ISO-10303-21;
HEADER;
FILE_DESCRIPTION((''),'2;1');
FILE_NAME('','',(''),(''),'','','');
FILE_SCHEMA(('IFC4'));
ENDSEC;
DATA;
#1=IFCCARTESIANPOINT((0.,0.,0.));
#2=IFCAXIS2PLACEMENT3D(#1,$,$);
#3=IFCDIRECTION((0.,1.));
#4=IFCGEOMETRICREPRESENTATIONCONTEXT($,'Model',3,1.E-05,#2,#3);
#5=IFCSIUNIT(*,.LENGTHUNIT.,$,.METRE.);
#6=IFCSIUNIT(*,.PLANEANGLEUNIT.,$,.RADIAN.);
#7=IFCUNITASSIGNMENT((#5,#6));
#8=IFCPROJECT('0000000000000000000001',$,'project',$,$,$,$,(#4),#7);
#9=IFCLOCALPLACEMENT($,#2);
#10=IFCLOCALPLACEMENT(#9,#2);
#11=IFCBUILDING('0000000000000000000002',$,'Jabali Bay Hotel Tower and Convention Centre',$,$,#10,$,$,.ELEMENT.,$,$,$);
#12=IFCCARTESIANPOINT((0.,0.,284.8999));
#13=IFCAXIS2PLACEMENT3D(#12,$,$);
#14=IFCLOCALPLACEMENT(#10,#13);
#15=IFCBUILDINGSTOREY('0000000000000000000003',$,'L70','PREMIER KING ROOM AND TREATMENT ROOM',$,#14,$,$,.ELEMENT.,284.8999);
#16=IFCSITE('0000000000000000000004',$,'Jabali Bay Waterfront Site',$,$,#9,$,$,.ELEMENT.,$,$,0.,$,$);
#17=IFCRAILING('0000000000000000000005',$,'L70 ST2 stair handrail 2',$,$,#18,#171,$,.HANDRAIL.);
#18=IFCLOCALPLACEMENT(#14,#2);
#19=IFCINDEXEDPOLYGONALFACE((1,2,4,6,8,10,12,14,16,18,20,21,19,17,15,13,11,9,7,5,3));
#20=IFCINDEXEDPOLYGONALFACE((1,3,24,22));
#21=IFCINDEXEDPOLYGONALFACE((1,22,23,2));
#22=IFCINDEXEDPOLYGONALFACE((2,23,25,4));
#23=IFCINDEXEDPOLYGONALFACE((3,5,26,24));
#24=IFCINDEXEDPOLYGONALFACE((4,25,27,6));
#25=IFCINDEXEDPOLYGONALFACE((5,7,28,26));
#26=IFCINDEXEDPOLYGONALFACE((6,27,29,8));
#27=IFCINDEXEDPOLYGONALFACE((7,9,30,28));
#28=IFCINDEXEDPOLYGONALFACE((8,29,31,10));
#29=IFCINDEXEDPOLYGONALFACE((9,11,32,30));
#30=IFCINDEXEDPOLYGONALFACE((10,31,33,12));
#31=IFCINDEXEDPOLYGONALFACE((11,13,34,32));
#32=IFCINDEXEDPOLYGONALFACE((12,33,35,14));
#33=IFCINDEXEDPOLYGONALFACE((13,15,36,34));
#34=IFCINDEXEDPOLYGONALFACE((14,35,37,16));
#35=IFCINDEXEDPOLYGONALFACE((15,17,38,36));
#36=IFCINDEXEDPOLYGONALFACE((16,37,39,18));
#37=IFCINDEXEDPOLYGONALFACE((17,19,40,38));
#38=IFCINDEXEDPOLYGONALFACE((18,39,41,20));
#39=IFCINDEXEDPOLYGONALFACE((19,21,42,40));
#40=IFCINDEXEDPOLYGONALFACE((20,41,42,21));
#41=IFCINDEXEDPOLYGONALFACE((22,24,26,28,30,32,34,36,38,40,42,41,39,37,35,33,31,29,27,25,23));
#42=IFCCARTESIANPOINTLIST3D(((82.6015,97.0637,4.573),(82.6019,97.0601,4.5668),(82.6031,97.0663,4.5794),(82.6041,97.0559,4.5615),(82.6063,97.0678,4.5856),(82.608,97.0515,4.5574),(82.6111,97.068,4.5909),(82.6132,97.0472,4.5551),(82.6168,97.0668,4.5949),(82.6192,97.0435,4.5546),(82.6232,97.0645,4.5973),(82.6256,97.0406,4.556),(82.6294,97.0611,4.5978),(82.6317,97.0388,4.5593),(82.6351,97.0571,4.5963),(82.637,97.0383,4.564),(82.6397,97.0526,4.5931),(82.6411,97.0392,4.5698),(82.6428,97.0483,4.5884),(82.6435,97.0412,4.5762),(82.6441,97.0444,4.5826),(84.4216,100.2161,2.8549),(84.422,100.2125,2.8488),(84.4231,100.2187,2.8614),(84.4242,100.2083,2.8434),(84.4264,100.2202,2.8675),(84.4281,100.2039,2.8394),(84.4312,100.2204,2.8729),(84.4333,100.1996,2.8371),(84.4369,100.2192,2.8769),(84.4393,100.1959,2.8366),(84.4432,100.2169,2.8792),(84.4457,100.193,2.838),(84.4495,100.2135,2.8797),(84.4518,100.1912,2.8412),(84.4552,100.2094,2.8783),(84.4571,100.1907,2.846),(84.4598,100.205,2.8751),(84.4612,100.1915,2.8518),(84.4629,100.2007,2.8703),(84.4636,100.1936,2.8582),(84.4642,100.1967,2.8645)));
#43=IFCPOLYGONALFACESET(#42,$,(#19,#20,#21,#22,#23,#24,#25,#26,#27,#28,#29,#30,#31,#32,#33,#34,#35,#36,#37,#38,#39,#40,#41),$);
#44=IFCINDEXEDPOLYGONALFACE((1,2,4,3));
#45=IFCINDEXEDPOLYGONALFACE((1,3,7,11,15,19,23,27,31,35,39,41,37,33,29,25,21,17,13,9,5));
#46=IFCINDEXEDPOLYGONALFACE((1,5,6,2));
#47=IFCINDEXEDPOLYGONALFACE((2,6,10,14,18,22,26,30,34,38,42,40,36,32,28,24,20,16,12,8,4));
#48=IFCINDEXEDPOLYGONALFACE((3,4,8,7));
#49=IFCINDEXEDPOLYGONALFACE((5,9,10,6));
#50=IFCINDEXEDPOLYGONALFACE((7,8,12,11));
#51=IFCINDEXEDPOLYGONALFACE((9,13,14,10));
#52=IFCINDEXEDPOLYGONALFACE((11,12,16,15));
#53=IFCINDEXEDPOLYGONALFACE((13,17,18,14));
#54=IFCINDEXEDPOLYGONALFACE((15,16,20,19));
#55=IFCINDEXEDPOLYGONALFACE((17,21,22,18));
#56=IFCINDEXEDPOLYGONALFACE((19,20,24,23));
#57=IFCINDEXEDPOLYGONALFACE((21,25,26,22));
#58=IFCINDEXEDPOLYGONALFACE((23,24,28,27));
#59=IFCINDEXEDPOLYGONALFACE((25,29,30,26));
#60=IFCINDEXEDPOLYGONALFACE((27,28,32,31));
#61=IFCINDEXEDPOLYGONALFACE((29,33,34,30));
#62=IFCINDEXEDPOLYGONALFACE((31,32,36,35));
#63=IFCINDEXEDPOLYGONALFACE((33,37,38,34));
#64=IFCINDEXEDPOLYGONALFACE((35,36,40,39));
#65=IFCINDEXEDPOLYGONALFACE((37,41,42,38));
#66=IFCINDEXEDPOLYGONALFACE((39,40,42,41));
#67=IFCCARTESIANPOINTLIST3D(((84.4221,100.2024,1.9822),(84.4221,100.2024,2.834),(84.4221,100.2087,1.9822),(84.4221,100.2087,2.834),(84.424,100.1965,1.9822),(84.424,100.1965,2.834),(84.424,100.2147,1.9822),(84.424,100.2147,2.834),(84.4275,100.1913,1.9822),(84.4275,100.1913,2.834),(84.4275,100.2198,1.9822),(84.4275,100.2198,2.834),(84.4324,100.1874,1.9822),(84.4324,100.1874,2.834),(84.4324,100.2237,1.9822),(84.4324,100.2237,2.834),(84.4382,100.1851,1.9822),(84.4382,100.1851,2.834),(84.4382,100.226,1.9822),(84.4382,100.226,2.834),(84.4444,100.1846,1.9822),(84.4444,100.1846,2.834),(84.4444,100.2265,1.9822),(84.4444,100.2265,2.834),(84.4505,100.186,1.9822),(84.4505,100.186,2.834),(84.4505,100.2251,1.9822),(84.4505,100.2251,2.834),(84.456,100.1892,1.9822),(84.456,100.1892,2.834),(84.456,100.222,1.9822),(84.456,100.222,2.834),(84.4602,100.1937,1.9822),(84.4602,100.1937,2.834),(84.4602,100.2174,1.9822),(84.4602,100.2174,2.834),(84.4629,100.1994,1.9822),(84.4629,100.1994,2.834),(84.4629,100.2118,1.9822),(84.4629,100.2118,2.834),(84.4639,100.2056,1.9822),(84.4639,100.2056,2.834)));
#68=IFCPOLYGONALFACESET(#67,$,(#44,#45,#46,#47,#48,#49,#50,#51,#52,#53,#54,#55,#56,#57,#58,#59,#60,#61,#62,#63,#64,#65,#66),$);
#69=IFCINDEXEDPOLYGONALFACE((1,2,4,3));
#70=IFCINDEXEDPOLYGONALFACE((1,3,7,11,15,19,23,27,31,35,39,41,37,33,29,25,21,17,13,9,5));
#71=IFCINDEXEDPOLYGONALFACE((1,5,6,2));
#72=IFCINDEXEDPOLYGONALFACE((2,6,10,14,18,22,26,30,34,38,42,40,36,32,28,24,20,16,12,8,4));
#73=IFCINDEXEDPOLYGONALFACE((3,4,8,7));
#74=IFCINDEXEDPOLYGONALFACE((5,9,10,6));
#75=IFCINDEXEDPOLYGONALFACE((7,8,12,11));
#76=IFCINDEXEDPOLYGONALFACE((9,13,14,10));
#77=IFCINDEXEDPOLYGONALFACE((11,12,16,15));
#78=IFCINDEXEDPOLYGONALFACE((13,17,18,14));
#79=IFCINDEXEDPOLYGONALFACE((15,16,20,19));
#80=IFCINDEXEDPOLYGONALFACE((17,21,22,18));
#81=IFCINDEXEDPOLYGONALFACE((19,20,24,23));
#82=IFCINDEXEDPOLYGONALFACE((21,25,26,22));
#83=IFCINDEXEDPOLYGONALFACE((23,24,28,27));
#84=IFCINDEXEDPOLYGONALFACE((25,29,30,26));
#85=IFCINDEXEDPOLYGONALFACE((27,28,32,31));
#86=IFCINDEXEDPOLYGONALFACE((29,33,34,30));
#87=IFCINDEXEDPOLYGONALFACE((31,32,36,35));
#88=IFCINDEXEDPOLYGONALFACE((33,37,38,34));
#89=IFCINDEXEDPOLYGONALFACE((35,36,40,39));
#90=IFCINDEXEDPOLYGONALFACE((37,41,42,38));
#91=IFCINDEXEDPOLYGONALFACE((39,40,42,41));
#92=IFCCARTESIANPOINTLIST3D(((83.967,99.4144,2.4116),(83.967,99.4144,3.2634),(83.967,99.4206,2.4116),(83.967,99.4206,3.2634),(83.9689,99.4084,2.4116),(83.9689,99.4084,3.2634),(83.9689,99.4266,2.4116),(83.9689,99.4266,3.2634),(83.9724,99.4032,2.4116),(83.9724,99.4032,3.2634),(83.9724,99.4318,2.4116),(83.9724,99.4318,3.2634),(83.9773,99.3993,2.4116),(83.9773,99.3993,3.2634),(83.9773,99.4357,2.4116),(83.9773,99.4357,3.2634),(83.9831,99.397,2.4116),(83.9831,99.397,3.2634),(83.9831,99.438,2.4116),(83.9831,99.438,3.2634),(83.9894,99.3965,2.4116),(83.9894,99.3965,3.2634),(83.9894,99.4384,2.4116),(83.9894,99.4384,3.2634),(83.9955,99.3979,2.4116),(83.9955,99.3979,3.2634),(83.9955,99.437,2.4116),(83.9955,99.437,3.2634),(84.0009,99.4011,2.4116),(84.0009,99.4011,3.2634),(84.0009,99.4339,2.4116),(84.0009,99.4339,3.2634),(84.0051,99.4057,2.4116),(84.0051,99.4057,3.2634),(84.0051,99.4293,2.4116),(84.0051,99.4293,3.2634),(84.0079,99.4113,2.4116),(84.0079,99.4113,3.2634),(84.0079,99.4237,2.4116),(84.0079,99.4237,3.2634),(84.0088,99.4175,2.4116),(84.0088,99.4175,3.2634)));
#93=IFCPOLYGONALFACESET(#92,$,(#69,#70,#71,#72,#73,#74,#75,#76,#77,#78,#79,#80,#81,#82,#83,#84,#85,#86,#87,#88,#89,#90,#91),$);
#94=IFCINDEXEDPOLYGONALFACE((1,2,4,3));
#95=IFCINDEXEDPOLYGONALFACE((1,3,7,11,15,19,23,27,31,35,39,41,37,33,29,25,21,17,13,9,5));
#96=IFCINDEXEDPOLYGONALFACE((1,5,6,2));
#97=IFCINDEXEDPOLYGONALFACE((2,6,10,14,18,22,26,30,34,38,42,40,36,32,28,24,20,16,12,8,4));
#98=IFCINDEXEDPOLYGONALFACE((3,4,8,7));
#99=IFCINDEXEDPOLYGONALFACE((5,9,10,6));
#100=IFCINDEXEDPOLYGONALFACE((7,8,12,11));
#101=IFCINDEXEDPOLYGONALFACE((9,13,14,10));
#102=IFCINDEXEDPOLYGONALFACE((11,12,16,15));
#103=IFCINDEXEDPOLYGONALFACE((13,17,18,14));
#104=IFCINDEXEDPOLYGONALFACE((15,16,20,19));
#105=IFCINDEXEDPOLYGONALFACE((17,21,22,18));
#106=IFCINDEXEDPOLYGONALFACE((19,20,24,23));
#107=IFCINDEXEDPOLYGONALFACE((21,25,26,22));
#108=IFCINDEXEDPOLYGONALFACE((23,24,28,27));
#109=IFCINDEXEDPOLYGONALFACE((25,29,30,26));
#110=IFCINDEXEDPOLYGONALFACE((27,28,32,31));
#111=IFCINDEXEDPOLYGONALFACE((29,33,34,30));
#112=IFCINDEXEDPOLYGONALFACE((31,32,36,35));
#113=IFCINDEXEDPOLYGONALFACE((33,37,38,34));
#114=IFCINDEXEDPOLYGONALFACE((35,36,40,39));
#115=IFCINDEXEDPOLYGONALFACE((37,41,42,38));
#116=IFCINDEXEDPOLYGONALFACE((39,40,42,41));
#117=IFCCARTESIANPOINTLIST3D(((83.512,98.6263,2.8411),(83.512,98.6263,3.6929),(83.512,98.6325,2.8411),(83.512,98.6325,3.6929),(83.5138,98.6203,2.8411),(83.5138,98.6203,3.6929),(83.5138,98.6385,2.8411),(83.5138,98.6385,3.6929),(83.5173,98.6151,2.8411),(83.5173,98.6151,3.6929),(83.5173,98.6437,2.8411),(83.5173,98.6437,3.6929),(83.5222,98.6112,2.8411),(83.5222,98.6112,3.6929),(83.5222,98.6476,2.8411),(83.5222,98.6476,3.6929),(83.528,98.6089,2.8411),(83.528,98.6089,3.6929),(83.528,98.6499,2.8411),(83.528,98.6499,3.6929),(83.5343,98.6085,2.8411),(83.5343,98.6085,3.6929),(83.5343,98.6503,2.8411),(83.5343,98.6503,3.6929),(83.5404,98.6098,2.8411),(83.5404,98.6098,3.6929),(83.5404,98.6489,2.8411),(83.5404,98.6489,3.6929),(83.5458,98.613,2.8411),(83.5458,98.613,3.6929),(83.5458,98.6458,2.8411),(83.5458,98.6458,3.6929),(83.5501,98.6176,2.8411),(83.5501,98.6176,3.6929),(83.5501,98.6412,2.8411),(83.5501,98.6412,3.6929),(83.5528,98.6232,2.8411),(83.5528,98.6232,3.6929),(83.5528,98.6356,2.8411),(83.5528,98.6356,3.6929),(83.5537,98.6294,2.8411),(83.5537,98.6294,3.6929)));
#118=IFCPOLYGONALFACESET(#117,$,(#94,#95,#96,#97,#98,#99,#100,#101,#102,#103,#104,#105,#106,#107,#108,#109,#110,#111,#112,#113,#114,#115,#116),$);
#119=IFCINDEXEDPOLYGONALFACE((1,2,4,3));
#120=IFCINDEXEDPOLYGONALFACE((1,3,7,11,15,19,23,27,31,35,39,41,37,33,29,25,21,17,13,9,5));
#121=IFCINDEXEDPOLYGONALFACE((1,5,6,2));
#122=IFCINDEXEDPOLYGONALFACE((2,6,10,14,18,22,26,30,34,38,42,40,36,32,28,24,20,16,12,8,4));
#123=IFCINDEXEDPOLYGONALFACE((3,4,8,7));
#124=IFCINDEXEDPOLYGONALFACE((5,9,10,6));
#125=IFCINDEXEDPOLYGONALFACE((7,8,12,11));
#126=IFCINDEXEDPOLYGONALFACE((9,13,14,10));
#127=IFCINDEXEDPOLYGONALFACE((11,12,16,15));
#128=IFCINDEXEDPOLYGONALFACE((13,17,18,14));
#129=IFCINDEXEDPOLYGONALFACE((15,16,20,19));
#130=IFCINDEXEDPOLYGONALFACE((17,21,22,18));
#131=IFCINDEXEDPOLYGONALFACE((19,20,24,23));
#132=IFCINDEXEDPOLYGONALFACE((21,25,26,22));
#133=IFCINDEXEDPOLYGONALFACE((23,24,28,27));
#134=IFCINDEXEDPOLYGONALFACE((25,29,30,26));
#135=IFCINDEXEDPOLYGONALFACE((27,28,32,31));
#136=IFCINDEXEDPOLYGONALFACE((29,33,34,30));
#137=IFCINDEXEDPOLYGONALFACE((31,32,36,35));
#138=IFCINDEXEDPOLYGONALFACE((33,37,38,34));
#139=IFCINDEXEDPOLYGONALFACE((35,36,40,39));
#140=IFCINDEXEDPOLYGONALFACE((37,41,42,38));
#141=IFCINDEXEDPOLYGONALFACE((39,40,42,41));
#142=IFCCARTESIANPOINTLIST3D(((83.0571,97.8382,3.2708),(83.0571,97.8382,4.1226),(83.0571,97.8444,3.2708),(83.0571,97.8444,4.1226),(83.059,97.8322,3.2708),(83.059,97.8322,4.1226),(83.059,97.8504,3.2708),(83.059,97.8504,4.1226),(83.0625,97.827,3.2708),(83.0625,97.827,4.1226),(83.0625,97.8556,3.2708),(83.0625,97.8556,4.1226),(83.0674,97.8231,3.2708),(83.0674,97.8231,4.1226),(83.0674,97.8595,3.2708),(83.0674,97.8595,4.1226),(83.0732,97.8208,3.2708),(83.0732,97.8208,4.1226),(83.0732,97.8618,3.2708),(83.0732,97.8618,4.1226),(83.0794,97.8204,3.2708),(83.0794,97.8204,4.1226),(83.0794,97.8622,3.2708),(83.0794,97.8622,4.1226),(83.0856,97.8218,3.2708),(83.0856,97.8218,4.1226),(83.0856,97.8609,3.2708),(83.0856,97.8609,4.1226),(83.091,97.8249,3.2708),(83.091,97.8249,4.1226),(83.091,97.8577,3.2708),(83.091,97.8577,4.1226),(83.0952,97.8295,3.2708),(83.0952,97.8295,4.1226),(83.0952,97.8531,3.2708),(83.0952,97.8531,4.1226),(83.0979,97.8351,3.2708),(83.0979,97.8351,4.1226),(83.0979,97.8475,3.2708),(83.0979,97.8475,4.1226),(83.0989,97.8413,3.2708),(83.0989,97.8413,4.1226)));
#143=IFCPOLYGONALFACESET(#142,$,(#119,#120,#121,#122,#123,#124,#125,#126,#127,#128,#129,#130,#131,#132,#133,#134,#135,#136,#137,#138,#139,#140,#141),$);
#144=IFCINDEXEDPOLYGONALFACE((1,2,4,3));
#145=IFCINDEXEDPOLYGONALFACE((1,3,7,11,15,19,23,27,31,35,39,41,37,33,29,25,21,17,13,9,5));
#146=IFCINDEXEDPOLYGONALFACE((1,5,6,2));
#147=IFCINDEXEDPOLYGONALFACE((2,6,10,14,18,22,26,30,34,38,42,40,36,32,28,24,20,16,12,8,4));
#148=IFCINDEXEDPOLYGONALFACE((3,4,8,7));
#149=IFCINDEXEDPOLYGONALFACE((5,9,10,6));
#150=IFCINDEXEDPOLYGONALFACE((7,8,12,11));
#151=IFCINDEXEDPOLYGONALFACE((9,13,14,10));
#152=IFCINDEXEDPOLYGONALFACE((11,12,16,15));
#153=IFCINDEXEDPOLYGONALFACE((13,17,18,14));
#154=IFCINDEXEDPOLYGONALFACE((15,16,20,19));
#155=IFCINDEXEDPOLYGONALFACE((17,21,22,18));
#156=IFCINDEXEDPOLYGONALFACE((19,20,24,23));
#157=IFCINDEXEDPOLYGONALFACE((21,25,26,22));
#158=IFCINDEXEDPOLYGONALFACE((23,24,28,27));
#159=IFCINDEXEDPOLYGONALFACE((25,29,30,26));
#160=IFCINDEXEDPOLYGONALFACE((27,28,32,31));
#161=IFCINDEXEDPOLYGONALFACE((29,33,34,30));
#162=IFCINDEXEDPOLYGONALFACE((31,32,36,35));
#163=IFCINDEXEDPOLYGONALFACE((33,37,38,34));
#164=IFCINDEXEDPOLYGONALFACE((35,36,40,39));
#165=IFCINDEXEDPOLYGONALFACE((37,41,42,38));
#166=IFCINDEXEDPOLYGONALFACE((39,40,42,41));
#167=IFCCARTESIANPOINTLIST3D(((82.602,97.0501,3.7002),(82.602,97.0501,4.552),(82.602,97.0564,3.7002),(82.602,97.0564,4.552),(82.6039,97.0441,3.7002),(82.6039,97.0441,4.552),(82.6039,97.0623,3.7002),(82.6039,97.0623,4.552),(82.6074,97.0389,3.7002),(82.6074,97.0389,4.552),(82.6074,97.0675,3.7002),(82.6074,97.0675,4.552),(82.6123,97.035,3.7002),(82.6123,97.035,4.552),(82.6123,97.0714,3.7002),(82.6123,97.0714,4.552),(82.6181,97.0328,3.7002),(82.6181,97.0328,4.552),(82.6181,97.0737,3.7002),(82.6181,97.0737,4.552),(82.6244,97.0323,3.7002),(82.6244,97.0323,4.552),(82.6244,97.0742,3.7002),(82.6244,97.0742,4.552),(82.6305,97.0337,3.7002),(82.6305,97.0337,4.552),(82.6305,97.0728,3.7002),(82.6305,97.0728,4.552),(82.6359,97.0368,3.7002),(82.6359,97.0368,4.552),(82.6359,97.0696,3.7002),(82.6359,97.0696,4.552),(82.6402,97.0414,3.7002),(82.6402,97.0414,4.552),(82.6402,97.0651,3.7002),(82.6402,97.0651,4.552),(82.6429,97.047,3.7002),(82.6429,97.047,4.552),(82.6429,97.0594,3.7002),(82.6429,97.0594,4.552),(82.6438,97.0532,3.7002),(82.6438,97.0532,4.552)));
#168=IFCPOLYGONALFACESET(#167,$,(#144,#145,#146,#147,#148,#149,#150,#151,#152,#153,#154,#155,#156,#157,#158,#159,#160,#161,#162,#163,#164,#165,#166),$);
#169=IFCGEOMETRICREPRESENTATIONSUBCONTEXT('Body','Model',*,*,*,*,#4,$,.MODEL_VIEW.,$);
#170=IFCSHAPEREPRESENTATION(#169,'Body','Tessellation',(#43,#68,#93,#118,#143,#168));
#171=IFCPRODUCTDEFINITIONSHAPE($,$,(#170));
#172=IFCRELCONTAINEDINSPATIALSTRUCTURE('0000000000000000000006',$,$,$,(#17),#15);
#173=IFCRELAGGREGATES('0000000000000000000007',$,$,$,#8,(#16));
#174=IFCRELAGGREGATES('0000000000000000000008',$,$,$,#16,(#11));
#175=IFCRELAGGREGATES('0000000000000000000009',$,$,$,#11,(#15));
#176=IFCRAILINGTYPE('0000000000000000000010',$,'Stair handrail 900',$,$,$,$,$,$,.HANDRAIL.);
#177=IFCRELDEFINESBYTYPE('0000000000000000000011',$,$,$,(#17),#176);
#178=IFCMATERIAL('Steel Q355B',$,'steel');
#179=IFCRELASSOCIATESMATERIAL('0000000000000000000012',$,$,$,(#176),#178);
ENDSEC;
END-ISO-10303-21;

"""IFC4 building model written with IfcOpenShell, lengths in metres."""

from ifc_helpers import new_model, si_unit, direction, frame, origin, origin_2d, place, context, subcontext, project, spatial, circle, extrude, material, type_object, element, save


model = new_model("IFC4")

# Units and contexts
model_context = context("Model", 3, precision=1e-05, world=origin(), true_north=direction((0.0, 1.0)))
body_context = subcontext(model_context, "Body", "Model", "MODEL_VIEW")
ifc_project = project(units=[si_unit("LENGTHUNIT", "METRE"), si_unit("PLANEANGLEUNIT", "RADIAN")], contexts=[model_context])

# Site, building, storey
site_placement = place(None, origin())
site = spatial("IfcSite", under=ifc_project, at=site_placement, Name="Jabali Bay Waterfront Site", CompositionType="ELEMENT", RefElevation=0.0)
building_placement = place(site_placement, origin())
building = spatial("IfcBuilding", under=site, at=building_placement, Name="Jabali Bay Hotel Tower and Convention Centre", CompositionType="ELEMENT")
storey_placement = place(building_placement, frame((0.0, 0.0, 284.8999)))
storey = spatial("IfcBuildingStorey", under=building, at=storey_placement, Name="L70", Description="PREMIER KING ROOM AND TREATMENT ROOM", CompositionType="ELEMENT", Elevation=284.8999)

# Railing
ifc_material_1 = material(Name="Steel Q355B", Category="steel")
railing_type = type_object("IfcRailingType", Name="Stair handrail 900", PredefinedType="HANDRAIL", material=ifc_material_1)
railing_placement = place(storey_placement, frame((84.4429, 100.2056, 1.9822)))
element("IfcRailing", 1, at=railing_placement, inside=storey, type_object=railing_type, Name="L70 ST2 stair handrail 2", PredefinedType="HANDRAIL", context=body_context, shape_type="SweptSolid", body=[
    extrude(circle(Radius=0.0239, at=origin_2d()), frame((0.0, 0.0, 0.876), z_axis=(-0.452179, -0.78317, 0.426825), x_axis=(0.866018, -0.500013, 0.0)), (0.0, 0.0, 1.0), 4.0251),
    extrude(circle(Radius=0.021, at=origin_2d()), origin(), (0.0, 0.0, 1.0), 0.8518),
    extrude(circle(Radius=0.021, at=origin_2d()), frame((-0.4551, -0.7881, 0.4294)), (0.0, 0.0, 1.0), 0.8518),
    extrude(circle(Radius=0.021, at=origin_2d()), frame((-0.9102, -1.5762, 0.8589)), (0.0, 0.0, 1.0), 0.8518),
    extrude(circle(Radius=0.021, at=origin_2d()), frame((-1.365, -2.3643, 1.2886)), (0.0, 0.0, 1.0), 0.8518),
    extrude(circle(Radius=0.021, at=origin_2d()), frame((-1.8201, -3.1523, 1.718)), (0.0, 0.0, 1.0), 0.8518),
])

save(model, "model.ifc")
